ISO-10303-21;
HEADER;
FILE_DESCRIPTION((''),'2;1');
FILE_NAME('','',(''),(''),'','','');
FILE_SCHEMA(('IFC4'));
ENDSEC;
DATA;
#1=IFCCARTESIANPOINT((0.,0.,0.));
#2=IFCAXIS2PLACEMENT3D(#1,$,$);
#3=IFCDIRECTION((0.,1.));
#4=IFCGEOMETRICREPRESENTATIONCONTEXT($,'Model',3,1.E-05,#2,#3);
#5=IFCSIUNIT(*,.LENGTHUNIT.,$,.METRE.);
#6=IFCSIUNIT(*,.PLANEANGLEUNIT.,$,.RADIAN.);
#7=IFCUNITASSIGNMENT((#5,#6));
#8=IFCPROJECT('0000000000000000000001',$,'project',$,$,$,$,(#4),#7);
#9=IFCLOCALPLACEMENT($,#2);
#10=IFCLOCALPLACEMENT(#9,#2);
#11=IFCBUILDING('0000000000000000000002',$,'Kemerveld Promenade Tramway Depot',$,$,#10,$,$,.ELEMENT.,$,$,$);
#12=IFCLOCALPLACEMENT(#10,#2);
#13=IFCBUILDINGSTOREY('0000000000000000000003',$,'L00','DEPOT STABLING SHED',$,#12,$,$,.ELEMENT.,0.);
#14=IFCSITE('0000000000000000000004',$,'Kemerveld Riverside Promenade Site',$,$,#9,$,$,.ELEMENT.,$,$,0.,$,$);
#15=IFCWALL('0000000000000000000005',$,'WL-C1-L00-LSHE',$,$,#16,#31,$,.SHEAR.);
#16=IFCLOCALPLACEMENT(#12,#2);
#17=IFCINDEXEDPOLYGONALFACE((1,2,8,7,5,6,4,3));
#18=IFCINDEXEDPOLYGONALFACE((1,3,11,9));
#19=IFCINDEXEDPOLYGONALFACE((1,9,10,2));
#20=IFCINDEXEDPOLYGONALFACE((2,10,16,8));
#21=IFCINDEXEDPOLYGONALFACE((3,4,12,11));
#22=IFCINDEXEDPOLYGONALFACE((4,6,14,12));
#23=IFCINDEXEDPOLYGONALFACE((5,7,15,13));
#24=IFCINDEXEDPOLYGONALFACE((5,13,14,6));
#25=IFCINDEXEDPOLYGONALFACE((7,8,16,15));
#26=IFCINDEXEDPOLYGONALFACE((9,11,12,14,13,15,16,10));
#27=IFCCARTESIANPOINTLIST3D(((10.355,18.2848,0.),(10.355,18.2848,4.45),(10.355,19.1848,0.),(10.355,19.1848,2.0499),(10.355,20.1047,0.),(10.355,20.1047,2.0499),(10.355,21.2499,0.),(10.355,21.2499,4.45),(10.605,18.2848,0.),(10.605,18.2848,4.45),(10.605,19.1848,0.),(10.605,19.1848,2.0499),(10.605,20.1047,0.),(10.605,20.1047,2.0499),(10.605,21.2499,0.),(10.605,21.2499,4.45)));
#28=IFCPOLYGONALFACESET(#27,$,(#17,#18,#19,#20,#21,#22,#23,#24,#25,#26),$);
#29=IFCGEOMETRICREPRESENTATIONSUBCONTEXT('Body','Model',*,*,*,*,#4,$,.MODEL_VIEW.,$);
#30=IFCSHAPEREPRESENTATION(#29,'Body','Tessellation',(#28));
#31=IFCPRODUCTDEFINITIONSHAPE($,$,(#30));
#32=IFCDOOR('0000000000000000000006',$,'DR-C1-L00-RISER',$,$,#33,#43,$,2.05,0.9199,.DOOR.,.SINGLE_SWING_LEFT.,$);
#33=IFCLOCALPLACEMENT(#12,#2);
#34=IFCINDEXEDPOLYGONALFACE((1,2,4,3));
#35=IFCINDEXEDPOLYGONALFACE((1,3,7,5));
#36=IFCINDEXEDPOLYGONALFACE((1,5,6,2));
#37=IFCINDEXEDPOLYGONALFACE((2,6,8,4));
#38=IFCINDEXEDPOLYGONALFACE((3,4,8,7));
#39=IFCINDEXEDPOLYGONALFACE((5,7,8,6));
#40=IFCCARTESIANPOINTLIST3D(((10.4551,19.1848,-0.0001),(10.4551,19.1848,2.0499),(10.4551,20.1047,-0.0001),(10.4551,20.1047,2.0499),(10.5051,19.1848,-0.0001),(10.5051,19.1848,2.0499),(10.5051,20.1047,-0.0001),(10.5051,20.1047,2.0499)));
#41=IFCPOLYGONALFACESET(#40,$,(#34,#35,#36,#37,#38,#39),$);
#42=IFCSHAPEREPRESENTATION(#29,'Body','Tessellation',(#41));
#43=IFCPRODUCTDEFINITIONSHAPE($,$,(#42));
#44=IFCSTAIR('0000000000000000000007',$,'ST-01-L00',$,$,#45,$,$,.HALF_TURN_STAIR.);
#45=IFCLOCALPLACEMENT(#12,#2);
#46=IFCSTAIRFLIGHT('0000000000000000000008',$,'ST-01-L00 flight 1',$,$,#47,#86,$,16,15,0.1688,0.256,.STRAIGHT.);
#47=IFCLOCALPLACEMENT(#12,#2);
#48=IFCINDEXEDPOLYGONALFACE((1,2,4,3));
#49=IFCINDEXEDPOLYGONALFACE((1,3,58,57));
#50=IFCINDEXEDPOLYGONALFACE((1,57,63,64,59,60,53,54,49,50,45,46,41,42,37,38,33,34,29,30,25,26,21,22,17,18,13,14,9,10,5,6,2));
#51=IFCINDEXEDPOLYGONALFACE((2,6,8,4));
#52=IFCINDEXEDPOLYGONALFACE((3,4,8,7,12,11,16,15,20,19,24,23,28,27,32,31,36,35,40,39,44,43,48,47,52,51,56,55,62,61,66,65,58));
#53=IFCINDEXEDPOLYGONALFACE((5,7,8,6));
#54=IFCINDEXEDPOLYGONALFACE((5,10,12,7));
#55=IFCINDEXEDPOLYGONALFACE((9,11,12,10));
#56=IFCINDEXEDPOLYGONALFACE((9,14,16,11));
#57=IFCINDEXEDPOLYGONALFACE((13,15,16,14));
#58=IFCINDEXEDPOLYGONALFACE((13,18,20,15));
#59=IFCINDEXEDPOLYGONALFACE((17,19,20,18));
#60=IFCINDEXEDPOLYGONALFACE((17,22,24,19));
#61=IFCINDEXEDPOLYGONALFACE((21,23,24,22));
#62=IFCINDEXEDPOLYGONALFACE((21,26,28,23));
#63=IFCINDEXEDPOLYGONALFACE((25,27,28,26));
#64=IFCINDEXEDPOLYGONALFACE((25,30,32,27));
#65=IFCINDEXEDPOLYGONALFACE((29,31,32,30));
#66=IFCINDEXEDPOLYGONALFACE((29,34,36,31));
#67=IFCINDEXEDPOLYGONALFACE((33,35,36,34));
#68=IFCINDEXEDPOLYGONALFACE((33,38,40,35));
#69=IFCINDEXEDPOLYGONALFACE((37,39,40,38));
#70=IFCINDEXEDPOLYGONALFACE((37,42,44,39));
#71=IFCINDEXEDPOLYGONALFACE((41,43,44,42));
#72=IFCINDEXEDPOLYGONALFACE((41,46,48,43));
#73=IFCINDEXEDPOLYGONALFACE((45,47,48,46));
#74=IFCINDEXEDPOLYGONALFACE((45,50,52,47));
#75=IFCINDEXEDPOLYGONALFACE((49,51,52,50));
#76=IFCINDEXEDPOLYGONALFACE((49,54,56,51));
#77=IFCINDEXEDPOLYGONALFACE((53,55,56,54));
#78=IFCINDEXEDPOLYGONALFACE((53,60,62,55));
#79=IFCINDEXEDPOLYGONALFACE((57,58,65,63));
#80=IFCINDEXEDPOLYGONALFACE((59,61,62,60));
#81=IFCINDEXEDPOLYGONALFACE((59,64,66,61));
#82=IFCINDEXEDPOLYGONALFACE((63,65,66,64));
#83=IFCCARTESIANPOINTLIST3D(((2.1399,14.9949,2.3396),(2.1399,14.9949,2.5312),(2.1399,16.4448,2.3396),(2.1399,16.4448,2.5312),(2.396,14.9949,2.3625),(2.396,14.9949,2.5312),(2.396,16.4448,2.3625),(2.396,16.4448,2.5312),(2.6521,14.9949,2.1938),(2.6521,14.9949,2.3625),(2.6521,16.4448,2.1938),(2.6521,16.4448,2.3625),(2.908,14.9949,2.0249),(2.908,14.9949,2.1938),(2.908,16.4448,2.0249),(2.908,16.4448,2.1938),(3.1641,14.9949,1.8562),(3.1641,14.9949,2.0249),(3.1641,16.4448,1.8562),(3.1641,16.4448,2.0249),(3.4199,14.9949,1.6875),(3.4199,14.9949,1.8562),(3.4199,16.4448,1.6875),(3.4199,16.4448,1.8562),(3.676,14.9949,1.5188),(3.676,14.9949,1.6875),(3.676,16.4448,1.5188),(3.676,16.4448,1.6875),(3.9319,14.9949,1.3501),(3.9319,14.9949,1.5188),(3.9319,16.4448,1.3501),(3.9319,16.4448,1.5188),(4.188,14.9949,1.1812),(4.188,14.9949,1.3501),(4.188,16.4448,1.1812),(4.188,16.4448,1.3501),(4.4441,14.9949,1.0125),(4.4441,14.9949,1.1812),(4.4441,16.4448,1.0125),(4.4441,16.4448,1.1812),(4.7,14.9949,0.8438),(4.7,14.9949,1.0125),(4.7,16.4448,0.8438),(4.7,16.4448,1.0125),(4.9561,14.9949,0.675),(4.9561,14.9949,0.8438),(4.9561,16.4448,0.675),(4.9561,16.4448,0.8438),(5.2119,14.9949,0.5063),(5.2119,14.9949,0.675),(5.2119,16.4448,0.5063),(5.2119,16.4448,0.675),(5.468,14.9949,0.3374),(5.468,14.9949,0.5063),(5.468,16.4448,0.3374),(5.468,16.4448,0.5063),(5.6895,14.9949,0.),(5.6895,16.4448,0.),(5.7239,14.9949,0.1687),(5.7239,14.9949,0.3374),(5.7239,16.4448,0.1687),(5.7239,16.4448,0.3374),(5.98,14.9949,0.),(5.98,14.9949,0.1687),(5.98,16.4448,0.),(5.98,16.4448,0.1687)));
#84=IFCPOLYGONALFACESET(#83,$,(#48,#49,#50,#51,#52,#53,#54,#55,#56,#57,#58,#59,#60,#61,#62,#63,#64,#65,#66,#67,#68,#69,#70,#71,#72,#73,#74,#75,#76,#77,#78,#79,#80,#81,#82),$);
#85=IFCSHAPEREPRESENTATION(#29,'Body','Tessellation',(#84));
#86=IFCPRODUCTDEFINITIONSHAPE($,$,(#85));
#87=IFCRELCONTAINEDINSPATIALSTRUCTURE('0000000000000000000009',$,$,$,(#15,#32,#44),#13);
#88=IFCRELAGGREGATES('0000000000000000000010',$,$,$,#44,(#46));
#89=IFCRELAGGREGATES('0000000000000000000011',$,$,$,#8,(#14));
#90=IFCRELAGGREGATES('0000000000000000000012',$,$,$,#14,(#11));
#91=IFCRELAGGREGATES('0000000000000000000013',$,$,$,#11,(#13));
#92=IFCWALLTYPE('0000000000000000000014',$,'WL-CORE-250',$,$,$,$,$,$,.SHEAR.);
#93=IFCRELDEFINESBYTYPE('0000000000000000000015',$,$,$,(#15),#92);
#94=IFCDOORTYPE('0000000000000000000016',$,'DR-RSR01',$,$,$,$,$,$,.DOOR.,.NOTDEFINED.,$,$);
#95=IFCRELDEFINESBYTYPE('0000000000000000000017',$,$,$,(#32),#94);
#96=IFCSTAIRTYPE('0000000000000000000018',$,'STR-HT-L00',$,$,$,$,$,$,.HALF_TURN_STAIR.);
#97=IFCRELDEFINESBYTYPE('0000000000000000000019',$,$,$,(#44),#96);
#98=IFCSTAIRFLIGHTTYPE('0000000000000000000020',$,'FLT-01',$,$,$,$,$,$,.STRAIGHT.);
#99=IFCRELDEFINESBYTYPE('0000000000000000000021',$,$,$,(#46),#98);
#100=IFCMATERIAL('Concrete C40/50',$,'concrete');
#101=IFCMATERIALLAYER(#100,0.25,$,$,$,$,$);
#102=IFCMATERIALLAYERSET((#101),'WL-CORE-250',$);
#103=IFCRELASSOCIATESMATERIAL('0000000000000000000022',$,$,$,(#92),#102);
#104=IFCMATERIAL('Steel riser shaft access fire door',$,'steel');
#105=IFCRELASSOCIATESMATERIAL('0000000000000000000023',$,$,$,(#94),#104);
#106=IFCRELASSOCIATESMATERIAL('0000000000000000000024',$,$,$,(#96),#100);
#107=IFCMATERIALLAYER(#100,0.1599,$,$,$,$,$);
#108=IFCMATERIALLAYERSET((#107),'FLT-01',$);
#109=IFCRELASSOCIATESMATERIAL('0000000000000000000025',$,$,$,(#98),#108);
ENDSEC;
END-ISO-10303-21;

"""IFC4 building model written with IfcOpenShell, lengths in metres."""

from ifc_helpers import new_model, si_unit, direction, frame, frame_2d, origin, place, context, subcontext, project, spatial, polyline, rectangle, outline, extrude, material, layer, layer_set, type_object, element, fill, aggregate, save


model = new_model("IFC4")

# Units and contexts
model_context = context("Model", 3, precision=1e-05, world=origin(), true_north=direction((0.0, 1.0)))
body_context = subcontext(model_context, "Body", "Model", "MODEL_VIEW")
ifc_project = project(units=[si_unit("LENGTHUNIT", "METRE"), si_unit("PLANEANGLEUNIT", "RADIAN")], contexts=[model_context])

# Site, building, storey
site_placement = place(None, origin())
site = spatial("IfcSite", under=ifc_project, at=site_placement, Name="Kemerveld Riverside Promenade Site", CompositionType="ELEMENT", RefElevation=0.0)
building_placement = place(site_placement, origin())
building = spatial("IfcBuilding", under=site, at=building_placement, Name="Kemerveld Promenade Tramway Depot", CompositionType="ELEMENT")
storey_placement = place(building_placement, origin())
storey = spatial("IfcBuildingStorey", under=building, at=storey_placement, Name="L00", Description="DEPOT STABLING SHED", CompositionType="ELEMENT", Elevation=0.0)

# Shared definitions
ifc_material_1 = material(Name="Concrete C40/50", Category="concrete")
ifc_layer_1 = layer(ifc_material_1, 0.25)
ifc_layer_set_1 = layer_set([ifc_layer_1], Name="WL-CORE-250")
wall_type_1 = type_object("IfcWallType", Name="WL-CORE-250", PredefinedType="SHEAR", material=ifc_layer_set_1)

# Wall, opening, door
wall_1_placement = place(storey_placement, frame((10.48, 18.2849, 0.0), z_axis=(0.0, 0.0, 1.0), x_axis=(0.0, 1.0, 0.0)))
wall_1 = element("IfcWall", 1, at=wall_1_placement, inside=storey, type_object=wall_type_1, Name="WL-C1-L00-LSHE", PredefinedType="SHEAR", context=body_context, shape_type="SweptSolid", body=[
    extrude(rectangle(XDim=2.9651, YDim=0.25, at=frame_2d((1.4824, 0.0))), origin(), (0.0, 0.0, 1.0), 4.45),
])
opening_1_placement = place(wall_1_placement, frame((0.8999, 0.0, 0.0)))
opening_1 = element("IfcOpeningElement", 2, at=opening_1_placement, cuts=wall_1, PredefinedType="OPENING", context=body_context, shape_type="SweptSolid", body=[
    extrude(rectangle(XDim=0.9199, YDim=2.05, at=frame_2d((0.46, 1.0249))), frame((0.0, 0.135, 0.0), z_axis=(0.0, -1.0, 0.0), x_axis=(1.0, 0.0, 0.0)), (0.0, 0.0, 1.0), 0.27),
])
ifc_material_2 = material(Name="Steel riser shaft access fire door", Category="steel")
door_type_1 = type_object("IfcDoorType", Name="DR-RSR01", OperationType="NOTDEFINED", PredefinedType="DOOR", material=ifc_material_2)
door_1_placement = place(opening_1_placement, origin())
door_1 = element("IfcDoor", 3, at=door_1_placement, inside=storey, type_object=door_type_1, Name="DR-C1-L00-RISER", OperationType="SINGLE_SWING_LEFT", OverallHeight=2.05, OverallWidth=0.9199, PredefinedType="DOOR", context=body_context, shape_type="SweptSolid", body=[
    extrude(rectangle(XDim=0.9199, YDim=2.05, at=frame_2d((0.46, 1.0249))), frame((0.0, 0.0249, 0.0), z_axis=(0.0, -1.0, 0.0), x_axis=(1.0, 0.0, 0.0)), (0.0, 0.0, 1.0), 0.05),
])
fill(opening_1, door_1)

# Stair, stair flight
stair_type = type_object("IfcStairType", Name="STR-HT-L00", PredefinedType="HALF_TURN_STAIR", material=ifc_material_1)
stair_placement = place(storey_placement, origin())
stair = element("IfcStair", 4, at=stair_placement, inside=storey, type_object=stair_type, Name="ST-01-L00", PredefinedType="HALF_TURN_STAIR")
ifc_layer_2 = layer(ifc_material_1, 0.1599)
ifc_layer_set_2 = layer_set([ifc_layer_2], Name="FLT-01")
stair_flight_type = type_object("IfcStairFlightType", Name="FLT-01", PredefinedType="STRAIGHT", material=ifc_layer_set_2)
stair_flight_placement = place(storey_placement, frame((5.98, 15.72, 0.0), z_axis=(0.0, 0.0, 1.0), x_axis=(-1.0, 0.0, 0.0)))
stair_flight = element("IfcStairFlight", 5, at=stair_flight_placement, type_object=stair_flight_type, Name="ST-01-L00 flight 1", NumberOfRisers=16, NumberOfTreads=15, PredefinedType="STRAIGHT", RiserHeight=0.1688, TreadLength=0.256, context=body_context, shape_type="SweptSolid", body=[
    extrude(outline(polyline([(0.0, 0.0), (0.0, 0.1687), (0.2561, 0.1687), (0.2561, 0.3374), (0.512, 0.3374), (0.512, 0.5063), (0.7681, 0.5063), (0.7681, 0.675), (1.0239, 0.675), (1.0239, 0.8438), (1.28, 0.8438), (1.28, 1.0125), (1.5359, 1.0125), (1.5359, 1.1812), (1.792, 1.1812), (1.792, 1.3501), (2.0481, 1.3501), (2.0481, 1.5188), (2.304, 1.5188), (2.304, 1.6875), (2.5601, 1.6875), (2.5601, 1.8562), (2.8159, 1.8562), (2.8159, 2.0249), (3.072, 2.0249), (3.072, 2.1938), (3.3279, 2.1938), (3.3279, 2.3625), (3.584, 2.3625), (3.584, 2.5312), (3.8401, 2.5312), (3.8401, 2.7), (3.8401, 2.3396), (0.2905, 0.0), (0.0, 0.0)])), frame((0.0, 0.7251, 0.0), z_axis=(0.0, -1.0, 0.0), x_axis=(1.0, 0.0, 0.0)), (0.0, 0.0, 1.0), 1.45),
])
aggregate(stair, [stair_flight])

save(model, "model.ifc")
